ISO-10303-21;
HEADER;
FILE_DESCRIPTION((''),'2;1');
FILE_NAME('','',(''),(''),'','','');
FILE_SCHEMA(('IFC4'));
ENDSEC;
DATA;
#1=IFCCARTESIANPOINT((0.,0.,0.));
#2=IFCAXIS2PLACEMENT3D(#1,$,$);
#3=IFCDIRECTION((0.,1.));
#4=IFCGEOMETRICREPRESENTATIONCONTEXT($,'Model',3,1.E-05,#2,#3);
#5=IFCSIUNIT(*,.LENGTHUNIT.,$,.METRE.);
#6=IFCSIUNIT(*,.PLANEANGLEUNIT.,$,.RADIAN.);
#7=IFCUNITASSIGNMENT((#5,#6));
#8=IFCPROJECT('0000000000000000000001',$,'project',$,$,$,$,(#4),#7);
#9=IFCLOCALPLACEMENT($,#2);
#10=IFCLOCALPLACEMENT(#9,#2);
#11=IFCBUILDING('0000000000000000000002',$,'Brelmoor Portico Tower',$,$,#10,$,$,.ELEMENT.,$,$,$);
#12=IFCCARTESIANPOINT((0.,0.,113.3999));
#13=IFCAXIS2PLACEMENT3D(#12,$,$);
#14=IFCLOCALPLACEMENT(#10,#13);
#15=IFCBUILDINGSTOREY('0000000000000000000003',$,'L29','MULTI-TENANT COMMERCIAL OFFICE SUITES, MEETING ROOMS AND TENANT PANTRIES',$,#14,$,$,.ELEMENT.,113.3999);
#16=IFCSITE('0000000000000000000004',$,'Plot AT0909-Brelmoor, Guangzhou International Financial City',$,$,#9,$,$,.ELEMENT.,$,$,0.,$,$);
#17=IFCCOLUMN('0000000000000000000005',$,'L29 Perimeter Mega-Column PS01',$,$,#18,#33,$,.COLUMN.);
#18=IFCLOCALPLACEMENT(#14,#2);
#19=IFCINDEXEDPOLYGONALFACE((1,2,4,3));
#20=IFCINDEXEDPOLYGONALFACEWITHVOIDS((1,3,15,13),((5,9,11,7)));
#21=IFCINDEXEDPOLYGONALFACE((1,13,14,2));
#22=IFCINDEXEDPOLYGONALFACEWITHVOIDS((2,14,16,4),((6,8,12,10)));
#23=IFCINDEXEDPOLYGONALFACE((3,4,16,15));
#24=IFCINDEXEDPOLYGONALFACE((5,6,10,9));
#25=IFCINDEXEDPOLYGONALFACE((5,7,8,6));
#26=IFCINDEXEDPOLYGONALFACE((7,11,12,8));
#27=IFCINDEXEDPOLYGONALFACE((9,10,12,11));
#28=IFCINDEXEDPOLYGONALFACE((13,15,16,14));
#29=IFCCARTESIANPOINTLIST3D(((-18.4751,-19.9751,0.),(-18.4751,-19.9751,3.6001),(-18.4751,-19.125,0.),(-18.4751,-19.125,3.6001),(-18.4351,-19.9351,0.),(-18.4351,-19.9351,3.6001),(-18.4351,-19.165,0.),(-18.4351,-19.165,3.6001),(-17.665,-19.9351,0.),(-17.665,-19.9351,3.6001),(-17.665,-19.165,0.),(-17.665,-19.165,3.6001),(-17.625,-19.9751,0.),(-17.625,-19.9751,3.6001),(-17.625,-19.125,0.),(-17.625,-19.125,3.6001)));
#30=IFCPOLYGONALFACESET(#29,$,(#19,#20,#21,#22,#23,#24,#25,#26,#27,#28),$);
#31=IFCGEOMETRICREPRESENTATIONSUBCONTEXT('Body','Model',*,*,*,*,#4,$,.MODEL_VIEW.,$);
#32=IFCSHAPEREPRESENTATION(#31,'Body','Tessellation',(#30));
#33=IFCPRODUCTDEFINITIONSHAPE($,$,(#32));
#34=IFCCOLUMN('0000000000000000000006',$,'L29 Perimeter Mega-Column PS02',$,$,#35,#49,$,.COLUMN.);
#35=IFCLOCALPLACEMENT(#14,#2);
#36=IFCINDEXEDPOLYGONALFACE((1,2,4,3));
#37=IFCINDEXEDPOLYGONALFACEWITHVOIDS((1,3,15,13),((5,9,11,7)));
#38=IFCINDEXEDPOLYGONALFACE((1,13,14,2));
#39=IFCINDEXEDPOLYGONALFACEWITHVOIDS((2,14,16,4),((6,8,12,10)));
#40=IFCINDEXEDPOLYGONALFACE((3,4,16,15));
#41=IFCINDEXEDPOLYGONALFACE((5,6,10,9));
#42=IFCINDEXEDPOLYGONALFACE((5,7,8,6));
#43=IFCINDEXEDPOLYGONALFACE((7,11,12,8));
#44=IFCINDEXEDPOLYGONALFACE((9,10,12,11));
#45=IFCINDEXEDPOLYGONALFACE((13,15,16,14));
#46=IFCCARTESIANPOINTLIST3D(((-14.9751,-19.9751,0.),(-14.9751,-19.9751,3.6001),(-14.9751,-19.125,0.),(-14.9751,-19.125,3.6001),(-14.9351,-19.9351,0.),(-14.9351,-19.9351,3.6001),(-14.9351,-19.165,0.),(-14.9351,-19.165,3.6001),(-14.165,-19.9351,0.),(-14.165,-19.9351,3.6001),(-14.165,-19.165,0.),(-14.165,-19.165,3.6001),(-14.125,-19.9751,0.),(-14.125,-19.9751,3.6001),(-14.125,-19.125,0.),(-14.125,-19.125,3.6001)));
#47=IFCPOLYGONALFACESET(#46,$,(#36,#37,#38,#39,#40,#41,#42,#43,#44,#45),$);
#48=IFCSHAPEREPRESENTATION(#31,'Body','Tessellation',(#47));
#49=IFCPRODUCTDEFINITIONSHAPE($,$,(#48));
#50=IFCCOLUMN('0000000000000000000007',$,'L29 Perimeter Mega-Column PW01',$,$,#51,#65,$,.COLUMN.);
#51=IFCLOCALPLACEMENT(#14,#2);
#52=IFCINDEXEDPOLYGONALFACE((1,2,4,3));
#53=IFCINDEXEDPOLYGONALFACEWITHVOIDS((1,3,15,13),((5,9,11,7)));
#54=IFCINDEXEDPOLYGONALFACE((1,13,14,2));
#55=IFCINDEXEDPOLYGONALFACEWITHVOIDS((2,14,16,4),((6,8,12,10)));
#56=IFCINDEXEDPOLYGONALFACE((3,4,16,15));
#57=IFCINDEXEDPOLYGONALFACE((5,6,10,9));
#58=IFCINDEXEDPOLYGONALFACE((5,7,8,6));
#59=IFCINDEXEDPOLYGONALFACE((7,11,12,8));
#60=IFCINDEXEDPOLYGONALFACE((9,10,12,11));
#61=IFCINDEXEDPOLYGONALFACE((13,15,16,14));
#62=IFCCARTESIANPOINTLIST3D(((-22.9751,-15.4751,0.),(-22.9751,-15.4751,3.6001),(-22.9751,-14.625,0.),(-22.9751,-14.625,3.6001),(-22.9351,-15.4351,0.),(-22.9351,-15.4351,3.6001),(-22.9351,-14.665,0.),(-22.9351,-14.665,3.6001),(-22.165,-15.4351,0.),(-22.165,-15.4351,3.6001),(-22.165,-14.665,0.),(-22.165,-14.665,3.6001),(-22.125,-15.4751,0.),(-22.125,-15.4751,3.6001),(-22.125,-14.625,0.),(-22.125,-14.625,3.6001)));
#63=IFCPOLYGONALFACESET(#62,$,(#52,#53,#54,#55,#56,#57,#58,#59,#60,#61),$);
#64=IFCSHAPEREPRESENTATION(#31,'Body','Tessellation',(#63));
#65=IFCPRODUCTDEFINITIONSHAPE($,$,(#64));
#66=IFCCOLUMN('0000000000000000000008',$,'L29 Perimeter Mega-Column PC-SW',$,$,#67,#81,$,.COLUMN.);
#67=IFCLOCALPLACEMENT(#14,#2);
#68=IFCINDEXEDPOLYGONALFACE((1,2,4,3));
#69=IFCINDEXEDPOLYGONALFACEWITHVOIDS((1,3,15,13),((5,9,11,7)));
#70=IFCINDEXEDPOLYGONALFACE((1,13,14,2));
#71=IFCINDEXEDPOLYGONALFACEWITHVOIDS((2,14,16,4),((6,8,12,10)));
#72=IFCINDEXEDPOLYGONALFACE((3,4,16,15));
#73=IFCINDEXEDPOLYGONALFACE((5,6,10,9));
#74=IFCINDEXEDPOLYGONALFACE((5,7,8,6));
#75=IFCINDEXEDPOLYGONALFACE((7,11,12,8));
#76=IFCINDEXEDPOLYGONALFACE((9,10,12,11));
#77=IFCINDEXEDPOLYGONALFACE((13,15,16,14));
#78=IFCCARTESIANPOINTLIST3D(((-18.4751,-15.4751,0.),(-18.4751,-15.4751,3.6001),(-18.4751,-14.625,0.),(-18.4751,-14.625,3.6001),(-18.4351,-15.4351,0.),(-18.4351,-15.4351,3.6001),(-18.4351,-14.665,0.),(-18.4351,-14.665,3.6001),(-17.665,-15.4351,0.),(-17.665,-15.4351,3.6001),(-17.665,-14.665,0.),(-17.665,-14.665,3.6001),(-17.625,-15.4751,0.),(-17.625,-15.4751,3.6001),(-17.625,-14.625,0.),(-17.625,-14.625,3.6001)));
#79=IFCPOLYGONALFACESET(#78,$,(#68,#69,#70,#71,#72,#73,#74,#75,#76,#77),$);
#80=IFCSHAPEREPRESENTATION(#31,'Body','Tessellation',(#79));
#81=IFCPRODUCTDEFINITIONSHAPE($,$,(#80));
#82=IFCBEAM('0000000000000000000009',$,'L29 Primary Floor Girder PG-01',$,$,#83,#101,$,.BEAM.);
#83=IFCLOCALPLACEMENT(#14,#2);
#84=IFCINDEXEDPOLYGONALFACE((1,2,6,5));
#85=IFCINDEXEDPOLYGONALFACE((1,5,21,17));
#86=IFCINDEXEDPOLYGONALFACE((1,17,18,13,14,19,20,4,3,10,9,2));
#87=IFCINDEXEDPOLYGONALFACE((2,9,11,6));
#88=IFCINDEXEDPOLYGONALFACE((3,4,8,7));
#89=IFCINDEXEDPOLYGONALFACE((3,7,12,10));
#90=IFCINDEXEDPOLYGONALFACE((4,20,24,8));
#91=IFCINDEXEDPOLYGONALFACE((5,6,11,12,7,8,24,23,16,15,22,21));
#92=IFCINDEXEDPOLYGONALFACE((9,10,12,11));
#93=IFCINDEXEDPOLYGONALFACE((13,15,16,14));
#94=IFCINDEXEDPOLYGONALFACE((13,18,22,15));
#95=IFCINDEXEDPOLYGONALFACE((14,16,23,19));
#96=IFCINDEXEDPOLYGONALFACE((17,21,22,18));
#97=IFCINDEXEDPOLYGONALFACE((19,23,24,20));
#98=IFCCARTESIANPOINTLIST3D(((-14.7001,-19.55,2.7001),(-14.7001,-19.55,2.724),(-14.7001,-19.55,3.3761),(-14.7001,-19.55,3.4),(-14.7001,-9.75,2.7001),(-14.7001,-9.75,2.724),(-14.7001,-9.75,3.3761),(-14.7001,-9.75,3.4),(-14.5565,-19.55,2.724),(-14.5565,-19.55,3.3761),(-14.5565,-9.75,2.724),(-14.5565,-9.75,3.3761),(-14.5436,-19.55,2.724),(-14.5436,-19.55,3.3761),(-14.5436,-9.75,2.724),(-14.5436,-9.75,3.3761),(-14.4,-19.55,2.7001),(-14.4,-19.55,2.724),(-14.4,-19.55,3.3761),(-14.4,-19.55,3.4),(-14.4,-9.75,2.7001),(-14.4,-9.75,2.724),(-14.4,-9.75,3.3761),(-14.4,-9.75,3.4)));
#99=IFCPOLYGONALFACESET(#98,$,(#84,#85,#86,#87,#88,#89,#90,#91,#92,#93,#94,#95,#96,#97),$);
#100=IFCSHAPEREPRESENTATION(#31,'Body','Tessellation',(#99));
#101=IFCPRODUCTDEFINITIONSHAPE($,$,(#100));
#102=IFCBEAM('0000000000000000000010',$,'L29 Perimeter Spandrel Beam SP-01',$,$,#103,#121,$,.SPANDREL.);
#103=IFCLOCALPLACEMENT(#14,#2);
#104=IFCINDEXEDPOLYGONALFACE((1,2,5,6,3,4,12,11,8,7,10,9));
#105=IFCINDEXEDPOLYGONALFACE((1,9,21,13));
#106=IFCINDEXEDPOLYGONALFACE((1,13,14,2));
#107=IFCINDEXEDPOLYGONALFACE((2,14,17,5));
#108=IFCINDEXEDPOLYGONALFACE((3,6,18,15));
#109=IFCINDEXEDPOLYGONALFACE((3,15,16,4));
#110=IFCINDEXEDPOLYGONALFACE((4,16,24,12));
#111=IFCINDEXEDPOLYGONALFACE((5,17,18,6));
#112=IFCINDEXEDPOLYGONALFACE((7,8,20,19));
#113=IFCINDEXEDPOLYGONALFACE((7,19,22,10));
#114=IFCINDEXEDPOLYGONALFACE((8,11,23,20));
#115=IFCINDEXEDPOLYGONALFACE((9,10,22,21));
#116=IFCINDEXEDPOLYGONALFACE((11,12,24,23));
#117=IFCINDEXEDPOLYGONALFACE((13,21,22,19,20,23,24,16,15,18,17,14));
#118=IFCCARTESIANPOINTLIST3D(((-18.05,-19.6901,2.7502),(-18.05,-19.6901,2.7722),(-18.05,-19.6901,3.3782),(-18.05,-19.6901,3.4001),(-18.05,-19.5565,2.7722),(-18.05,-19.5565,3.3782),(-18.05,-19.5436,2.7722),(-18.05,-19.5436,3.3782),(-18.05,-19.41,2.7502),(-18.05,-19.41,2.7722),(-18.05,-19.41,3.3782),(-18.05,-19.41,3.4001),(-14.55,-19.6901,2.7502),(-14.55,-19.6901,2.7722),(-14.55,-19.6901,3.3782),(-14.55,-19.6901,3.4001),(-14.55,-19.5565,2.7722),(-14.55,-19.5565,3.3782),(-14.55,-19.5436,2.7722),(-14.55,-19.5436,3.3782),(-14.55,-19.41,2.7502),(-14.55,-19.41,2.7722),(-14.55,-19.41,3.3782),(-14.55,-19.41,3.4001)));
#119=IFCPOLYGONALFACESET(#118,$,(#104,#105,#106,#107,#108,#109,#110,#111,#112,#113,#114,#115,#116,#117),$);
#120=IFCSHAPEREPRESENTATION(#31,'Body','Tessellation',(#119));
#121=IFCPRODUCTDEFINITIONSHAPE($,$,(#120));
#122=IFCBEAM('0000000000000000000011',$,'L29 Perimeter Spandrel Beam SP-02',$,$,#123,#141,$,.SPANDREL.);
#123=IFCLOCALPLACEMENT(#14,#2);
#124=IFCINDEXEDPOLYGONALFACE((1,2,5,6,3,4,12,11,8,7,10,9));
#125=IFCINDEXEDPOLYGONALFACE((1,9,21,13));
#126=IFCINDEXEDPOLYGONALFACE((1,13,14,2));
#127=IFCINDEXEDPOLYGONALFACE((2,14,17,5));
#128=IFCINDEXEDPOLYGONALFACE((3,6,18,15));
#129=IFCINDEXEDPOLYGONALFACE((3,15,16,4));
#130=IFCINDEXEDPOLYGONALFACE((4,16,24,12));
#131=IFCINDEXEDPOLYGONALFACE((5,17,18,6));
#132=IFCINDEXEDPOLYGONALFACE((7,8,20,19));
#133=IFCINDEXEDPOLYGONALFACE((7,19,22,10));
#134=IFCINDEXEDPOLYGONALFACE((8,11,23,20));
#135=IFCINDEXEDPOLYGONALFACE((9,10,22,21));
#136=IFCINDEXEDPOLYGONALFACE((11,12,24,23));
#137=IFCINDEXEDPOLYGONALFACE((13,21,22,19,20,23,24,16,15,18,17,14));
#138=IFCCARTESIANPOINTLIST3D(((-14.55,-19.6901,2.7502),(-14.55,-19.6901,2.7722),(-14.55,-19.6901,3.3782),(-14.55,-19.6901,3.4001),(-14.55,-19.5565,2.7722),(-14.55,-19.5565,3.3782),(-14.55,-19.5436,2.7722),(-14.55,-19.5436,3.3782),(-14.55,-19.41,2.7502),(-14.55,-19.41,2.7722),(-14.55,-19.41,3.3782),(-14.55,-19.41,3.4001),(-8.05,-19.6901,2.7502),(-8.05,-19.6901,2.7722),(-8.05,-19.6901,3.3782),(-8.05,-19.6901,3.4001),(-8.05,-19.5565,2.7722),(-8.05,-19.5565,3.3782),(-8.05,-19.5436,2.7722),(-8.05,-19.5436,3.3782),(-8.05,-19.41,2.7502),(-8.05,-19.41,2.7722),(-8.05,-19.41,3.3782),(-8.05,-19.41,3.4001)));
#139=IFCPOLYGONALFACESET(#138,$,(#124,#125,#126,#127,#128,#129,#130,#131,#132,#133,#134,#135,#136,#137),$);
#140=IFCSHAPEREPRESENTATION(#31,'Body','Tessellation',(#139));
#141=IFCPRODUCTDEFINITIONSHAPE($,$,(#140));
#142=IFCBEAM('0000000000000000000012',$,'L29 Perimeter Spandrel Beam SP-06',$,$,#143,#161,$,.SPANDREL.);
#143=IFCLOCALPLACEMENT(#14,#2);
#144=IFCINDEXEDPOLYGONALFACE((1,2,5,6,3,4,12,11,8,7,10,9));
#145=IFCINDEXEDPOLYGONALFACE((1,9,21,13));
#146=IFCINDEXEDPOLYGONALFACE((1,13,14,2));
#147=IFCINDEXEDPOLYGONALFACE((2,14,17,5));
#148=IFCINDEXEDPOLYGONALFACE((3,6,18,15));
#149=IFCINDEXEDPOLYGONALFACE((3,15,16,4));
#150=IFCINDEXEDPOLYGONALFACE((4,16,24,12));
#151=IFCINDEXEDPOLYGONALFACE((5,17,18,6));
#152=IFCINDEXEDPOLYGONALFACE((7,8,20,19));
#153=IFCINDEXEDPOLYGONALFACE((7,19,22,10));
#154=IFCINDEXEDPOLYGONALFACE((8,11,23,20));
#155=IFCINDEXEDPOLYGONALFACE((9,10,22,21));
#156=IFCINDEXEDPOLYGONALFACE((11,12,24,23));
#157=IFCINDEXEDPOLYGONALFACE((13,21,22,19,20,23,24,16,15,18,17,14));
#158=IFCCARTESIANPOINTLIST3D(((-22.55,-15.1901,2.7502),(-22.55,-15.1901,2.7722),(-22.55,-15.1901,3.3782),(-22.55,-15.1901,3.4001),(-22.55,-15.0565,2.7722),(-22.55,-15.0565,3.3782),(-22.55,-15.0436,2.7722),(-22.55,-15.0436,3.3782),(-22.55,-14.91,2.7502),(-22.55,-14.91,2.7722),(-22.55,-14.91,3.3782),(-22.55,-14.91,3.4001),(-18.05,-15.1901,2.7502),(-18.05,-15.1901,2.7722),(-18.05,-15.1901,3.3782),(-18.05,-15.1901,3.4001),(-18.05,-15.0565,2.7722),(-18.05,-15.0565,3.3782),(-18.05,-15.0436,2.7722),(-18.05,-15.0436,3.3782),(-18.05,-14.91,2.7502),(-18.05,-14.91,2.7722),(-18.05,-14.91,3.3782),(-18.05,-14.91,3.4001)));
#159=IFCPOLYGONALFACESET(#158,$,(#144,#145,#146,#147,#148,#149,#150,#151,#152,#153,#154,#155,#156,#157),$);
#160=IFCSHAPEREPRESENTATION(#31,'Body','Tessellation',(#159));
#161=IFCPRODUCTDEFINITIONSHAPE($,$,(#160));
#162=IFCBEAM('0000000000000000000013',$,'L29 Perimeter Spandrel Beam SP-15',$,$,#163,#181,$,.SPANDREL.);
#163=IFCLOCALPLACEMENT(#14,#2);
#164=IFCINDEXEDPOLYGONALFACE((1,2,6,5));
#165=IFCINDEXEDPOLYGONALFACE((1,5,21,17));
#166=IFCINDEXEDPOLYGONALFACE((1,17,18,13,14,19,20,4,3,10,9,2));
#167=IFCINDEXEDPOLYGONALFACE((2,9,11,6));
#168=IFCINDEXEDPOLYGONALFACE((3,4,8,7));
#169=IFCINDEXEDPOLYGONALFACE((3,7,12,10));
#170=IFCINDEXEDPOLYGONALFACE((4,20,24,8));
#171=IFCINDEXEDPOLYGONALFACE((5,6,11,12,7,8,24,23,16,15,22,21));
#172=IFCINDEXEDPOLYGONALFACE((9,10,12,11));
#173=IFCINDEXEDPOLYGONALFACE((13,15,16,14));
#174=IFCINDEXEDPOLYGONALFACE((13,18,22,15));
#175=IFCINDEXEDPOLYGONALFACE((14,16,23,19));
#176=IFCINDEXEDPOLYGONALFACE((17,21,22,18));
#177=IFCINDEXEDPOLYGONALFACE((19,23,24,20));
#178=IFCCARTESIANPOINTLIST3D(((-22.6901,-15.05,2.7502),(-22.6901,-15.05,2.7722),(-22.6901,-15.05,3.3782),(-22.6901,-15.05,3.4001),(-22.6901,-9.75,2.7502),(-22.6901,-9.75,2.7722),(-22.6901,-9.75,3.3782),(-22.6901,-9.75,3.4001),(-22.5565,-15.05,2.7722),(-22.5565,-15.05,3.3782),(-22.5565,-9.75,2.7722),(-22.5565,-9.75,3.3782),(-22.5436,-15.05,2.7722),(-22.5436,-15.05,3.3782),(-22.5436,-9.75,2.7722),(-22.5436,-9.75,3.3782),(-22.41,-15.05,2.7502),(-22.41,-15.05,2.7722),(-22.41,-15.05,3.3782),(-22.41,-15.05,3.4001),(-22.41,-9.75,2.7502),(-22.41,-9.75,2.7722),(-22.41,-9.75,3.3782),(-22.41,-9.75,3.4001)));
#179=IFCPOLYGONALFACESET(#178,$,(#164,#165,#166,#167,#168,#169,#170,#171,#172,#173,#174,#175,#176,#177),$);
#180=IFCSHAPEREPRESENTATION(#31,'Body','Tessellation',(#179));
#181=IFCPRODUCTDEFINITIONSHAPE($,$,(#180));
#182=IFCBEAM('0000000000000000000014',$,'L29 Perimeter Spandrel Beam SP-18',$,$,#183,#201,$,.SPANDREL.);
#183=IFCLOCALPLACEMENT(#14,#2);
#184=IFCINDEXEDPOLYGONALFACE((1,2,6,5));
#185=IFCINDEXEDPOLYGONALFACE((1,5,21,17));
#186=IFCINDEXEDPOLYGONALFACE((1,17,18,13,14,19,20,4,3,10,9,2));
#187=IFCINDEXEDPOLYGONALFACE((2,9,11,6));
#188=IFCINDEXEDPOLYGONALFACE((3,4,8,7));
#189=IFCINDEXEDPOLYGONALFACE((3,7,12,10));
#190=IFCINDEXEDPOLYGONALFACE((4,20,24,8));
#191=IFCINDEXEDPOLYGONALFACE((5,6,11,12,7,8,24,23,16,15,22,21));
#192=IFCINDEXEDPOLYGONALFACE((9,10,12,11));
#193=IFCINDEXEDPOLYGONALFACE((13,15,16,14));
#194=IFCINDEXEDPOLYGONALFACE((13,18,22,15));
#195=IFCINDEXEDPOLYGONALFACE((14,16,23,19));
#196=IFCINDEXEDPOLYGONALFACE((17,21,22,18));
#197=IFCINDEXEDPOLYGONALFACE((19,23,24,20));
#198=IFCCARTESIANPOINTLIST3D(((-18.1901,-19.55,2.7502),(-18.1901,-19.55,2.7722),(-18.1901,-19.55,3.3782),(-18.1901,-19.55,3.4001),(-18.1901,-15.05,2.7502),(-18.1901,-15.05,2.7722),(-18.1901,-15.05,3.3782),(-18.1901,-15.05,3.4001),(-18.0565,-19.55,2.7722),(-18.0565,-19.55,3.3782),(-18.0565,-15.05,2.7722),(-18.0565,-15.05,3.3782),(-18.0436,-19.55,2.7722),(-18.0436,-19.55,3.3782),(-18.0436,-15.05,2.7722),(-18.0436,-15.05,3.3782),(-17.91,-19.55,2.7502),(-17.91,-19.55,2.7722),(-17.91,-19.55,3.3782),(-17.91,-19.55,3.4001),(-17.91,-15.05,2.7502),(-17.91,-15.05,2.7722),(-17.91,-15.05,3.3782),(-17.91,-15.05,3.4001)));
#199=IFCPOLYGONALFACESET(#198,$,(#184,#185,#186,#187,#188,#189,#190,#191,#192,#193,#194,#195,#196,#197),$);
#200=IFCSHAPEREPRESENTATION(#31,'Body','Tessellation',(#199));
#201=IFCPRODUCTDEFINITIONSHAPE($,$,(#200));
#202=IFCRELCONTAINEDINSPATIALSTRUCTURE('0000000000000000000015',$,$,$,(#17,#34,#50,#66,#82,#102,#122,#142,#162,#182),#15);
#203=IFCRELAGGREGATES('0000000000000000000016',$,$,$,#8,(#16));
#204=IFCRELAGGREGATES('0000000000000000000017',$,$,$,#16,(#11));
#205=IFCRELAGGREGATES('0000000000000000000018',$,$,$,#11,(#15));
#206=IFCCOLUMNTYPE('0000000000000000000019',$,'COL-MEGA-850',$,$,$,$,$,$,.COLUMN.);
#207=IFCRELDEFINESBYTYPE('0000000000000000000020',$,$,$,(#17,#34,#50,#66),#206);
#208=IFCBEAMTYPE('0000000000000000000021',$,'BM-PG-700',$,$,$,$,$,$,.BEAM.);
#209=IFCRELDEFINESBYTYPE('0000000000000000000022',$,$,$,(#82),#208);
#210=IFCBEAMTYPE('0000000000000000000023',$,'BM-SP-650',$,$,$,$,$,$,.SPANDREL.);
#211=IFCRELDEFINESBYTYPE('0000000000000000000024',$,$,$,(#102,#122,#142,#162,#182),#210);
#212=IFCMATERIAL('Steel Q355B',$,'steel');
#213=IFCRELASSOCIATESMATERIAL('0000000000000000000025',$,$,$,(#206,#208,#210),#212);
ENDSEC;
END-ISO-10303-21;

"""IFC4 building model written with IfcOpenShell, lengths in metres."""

from ifc_helpers import new_model, si_unit, direction, frame, origin, origin_2d, place, context, subcontext, project, spatial, hollow_rectangle, i_section, extrude, material, material_profile, profile_set, type_object, element, save


model = new_model("IFC4")

# Units and contexts
model_context = context("Model", 3, precision=1e-05, world=origin(), true_north=direction((0.0, 1.0)))
body_context = subcontext(model_context, "Body", "Model", "MODEL_VIEW")
ifc_project = project(units=[si_unit("LENGTHUNIT", "METRE"), si_unit("PLANEANGLEUNIT", "RADIAN")], contexts=[model_context])

# Site, building, storey
site_placement = place(None, origin())
site = spatial("IfcSite", under=ifc_project, at=site_placement, Name="Plot AT0909-Brelmoor, Guangzhou International Financial City", CompositionType="ELEMENT", RefElevation=0.0)
building_placement = place(site_placement, origin())
building = spatial("IfcBuilding", under=site, at=building_placement, Name="Brelmoor Portico Tower", CompositionType="ELEMENT")
storey_placement = place(building_placement, frame((0.0, 0.0, 113.3999)))
storey = spatial("IfcBuildingStorey", under=building, at=storey_placement, Name="L29", Description="MULTI-TENANT COMMERCIAL OFFICE SUITES, MEETING ROOMS AND TENANT PANTRIES", CompositionType="ELEMENT", Elevation=113.3999)

# Columns
ifc_material_1 = material(Name="Steel Q355B", Category="steel")
ifc_material_profile_1 = material_profile(ifc_material_1, hollow_rectangle(XDim=0.8501, YDim=0.8501, WallThickness=0.04, at=origin_2d()), Name="BOX 850x850x40")
ifc_profile_set_1 = profile_set([ifc_material_profile_1], Name="Steel Q355B")
column_type = type_object("IfcColumnType", Name="COL-MEGA-850", PredefinedType="COLUMN", material=ifc_profile_set_1)
for number, where, z_axis, x_axis, name in (
    (1, (-18.05, -19.55, 0.0), (0.0, 0.0, 1.0), (1.0, 0.0, 0.0), "L29 Perimeter Mega-Column PS01"),
    (2, (-14.55, -19.55, 0.0), (0.0, 0.0, 1.0), (1.0, 0.0, 0.0), "L29 Perimeter Mega-Column PS02"),
    (3, (-22.55, -15.05, 0.0), (0.0, 0.0, 1.0), (0.0, 1.0, 0.0), "L29 Perimeter Mega-Column PW01"),
    (4, (-18.05, -15.05, 0.0), (0.0, 0.0, 1.0), (1.0, 0.0, 0.0), "L29 Perimeter Mega-Column PC-SW"),
):
    element("IfcColumn", number, at=place(storey_placement, frame(where, z_axis=z_axis, x_axis=x_axis)), inside=storey, type_object=column_type, Name=name, PredefinedType="COLUMN", context=body_context, shape_type="SweptSolid", body=[
        extrude(hollow_rectangle(XDim=0.8501, YDim=0.8501, WallThickness=0.04, at=origin_2d()), origin(), (0.0, 0.0, 1.0), 3.6001),
    ])

# Beams
ifc_material_profile_2 = material_profile(ifc_material_1, i_section(OverallWidth=0.3, OverallDepth=0.7, WebThickness=0.0129, FlangeThickness=0.0239, at=origin_2d()), Name="HN 700x300x13x24")
ifc_profile_set_2 = profile_set([ifc_material_profile_2], Name="Steel Q355B")
beam_type_1 = type_object("IfcBeamType", Name="BM-PG-700", PredefinedType="BEAM", material=ifc_profile_set_2)
beam_1_placement = place(storey_placement, frame((-14.55, -19.55, 3.05), z_axis=(0.0, 1.0, 0.0), x_axis=(-1.0, 0.0, 0.0)))
element("IfcBeam", 5, at=beam_1_placement, inside=storey, type_object=beam_type_1, Name="L29 Primary Floor Girder PG-01", PredefinedType="BEAM", context=body_context, shape_type="SweptSolid", body=[
    extrude(i_section(OverallWidth=0.3, OverallDepth=0.7, WebThickness=0.0129, FlangeThickness=0.0239, at=origin_2d()), origin(), (0.0, 0.0, 1.0), 9.8),
])
ifc_material_profile_3 = material_profile(ifc_material_1, i_section(OverallWidth=0.28, OverallDepth=0.6499, WebThickness=0.0129, FlangeThickness=0.022, at=origin_2d()), Name="HN 650x280x13x22")
ifc_profile_set_3 = profile_set([ifc_material_profile_3], Name="Steel Q355B")
beam_type_2 = type_object("IfcBeamType", Name="BM-SP-650", PredefinedType="SPANDREL", material=ifc_profile_set_3)
beam_2_placement = place(storey_placement, frame((-18.05, -19.55, 3.0752), z_axis=(1.0, 0.0, 0.0), x_axis=(0.0, 1.0, 0.0)))
element("IfcBeam", 6, at=beam_2_placement, inside=storey, type_object=beam_type_2, Name="L29 Perimeter Spandrel Beam SP-01", PredefinedType="SPANDREL", context=body_context, shape_type="SweptSolid", body=[
    extrude(i_section(OverallWidth=0.28, OverallDepth=0.6499, WebThickness=0.0129, FlangeThickness=0.022, at=origin_2d()), origin(), (0.0, 0.0, 1.0), 3.5),
])
beam_3_placement = place(storey_placement, frame((-14.55, -19.55, 3.0752), z_axis=(1.0, 0.0, 0.0), x_axis=(0.0, 1.0, 0.0)))
element("IfcBeam", 7, at=beam_3_placement, inside=storey, type_object=beam_type_2, Name="L29 Perimeter Spandrel Beam SP-02", PredefinedType="SPANDREL", context=body_context, shape_type="SweptSolid", body=[
    extrude(i_section(OverallWidth=0.28, OverallDepth=0.6499, WebThickness=0.0129, FlangeThickness=0.022, at=origin_2d()), origin(), (0.0, 0.0, 1.0), 6.5),
])
beam_4_placement = place(storey_placement, frame((-22.55, -15.05, 3.0752), z_axis=(1.0, 0.0, 0.0), x_axis=(0.0, 1.0, 0.0)))
element("IfcBeam", 8, at=beam_4_placement, inside=storey, type_object=beam_type_2, Name="L29 Perimeter Spandrel Beam SP-06", PredefinedType="SPANDREL", context=body_context, shape_type="SweptSolid", body=[
    extrude(i_section(OverallWidth=0.28, OverallDepth=0.6499, WebThickness=0.0129, FlangeThickness=0.022, at=origin_2d()), origin(), (0.0, 0.0, 1.0), 4.5),
])
beam_5_placement = place(storey_placement, frame((-22.55, -15.05, 3.0752), z_axis=(0.0, 1.0, 0.0), x_axis=(-1.0, 0.0, 0.0)))
element("IfcBeam", 9, at=beam_5_placement, inside=storey, type_object=beam_type_2, Name="L29 Perimeter Spandrel Beam SP-15", PredefinedType="SPANDREL", context=body_context, shape_type="SweptSolid", body=[
    extrude(i_section(OverallWidth=0.28, OverallDepth=0.6499, WebThickness=0.0129, FlangeThickness=0.022, at=origin_2d()), origin(), (0.0, 0.0, 1.0), 5.3),
])
beam_6_placement = place(storey_placement, frame((-18.05, -19.55, 3.0752), z_axis=(0.0, 1.0, 0.0), x_axis=(-1.0, 0.0, 0.0)))
element("IfcBeam", 10, at=beam_6_placement, inside=storey, type_object=beam_type_2, Name="L29 Perimeter Spandrel Beam SP-18", PredefinedType="SPANDREL", context=body_context, shape_type="SweptSolid", body=[
    extrude(i_section(OverallWidth=0.28, OverallDepth=0.6499, WebThickness=0.0129, FlangeThickness=0.022, at=origin_2d()), origin(), (0.0, 0.0, 1.0), 4.5),
])

save(model, "model.ifc")
